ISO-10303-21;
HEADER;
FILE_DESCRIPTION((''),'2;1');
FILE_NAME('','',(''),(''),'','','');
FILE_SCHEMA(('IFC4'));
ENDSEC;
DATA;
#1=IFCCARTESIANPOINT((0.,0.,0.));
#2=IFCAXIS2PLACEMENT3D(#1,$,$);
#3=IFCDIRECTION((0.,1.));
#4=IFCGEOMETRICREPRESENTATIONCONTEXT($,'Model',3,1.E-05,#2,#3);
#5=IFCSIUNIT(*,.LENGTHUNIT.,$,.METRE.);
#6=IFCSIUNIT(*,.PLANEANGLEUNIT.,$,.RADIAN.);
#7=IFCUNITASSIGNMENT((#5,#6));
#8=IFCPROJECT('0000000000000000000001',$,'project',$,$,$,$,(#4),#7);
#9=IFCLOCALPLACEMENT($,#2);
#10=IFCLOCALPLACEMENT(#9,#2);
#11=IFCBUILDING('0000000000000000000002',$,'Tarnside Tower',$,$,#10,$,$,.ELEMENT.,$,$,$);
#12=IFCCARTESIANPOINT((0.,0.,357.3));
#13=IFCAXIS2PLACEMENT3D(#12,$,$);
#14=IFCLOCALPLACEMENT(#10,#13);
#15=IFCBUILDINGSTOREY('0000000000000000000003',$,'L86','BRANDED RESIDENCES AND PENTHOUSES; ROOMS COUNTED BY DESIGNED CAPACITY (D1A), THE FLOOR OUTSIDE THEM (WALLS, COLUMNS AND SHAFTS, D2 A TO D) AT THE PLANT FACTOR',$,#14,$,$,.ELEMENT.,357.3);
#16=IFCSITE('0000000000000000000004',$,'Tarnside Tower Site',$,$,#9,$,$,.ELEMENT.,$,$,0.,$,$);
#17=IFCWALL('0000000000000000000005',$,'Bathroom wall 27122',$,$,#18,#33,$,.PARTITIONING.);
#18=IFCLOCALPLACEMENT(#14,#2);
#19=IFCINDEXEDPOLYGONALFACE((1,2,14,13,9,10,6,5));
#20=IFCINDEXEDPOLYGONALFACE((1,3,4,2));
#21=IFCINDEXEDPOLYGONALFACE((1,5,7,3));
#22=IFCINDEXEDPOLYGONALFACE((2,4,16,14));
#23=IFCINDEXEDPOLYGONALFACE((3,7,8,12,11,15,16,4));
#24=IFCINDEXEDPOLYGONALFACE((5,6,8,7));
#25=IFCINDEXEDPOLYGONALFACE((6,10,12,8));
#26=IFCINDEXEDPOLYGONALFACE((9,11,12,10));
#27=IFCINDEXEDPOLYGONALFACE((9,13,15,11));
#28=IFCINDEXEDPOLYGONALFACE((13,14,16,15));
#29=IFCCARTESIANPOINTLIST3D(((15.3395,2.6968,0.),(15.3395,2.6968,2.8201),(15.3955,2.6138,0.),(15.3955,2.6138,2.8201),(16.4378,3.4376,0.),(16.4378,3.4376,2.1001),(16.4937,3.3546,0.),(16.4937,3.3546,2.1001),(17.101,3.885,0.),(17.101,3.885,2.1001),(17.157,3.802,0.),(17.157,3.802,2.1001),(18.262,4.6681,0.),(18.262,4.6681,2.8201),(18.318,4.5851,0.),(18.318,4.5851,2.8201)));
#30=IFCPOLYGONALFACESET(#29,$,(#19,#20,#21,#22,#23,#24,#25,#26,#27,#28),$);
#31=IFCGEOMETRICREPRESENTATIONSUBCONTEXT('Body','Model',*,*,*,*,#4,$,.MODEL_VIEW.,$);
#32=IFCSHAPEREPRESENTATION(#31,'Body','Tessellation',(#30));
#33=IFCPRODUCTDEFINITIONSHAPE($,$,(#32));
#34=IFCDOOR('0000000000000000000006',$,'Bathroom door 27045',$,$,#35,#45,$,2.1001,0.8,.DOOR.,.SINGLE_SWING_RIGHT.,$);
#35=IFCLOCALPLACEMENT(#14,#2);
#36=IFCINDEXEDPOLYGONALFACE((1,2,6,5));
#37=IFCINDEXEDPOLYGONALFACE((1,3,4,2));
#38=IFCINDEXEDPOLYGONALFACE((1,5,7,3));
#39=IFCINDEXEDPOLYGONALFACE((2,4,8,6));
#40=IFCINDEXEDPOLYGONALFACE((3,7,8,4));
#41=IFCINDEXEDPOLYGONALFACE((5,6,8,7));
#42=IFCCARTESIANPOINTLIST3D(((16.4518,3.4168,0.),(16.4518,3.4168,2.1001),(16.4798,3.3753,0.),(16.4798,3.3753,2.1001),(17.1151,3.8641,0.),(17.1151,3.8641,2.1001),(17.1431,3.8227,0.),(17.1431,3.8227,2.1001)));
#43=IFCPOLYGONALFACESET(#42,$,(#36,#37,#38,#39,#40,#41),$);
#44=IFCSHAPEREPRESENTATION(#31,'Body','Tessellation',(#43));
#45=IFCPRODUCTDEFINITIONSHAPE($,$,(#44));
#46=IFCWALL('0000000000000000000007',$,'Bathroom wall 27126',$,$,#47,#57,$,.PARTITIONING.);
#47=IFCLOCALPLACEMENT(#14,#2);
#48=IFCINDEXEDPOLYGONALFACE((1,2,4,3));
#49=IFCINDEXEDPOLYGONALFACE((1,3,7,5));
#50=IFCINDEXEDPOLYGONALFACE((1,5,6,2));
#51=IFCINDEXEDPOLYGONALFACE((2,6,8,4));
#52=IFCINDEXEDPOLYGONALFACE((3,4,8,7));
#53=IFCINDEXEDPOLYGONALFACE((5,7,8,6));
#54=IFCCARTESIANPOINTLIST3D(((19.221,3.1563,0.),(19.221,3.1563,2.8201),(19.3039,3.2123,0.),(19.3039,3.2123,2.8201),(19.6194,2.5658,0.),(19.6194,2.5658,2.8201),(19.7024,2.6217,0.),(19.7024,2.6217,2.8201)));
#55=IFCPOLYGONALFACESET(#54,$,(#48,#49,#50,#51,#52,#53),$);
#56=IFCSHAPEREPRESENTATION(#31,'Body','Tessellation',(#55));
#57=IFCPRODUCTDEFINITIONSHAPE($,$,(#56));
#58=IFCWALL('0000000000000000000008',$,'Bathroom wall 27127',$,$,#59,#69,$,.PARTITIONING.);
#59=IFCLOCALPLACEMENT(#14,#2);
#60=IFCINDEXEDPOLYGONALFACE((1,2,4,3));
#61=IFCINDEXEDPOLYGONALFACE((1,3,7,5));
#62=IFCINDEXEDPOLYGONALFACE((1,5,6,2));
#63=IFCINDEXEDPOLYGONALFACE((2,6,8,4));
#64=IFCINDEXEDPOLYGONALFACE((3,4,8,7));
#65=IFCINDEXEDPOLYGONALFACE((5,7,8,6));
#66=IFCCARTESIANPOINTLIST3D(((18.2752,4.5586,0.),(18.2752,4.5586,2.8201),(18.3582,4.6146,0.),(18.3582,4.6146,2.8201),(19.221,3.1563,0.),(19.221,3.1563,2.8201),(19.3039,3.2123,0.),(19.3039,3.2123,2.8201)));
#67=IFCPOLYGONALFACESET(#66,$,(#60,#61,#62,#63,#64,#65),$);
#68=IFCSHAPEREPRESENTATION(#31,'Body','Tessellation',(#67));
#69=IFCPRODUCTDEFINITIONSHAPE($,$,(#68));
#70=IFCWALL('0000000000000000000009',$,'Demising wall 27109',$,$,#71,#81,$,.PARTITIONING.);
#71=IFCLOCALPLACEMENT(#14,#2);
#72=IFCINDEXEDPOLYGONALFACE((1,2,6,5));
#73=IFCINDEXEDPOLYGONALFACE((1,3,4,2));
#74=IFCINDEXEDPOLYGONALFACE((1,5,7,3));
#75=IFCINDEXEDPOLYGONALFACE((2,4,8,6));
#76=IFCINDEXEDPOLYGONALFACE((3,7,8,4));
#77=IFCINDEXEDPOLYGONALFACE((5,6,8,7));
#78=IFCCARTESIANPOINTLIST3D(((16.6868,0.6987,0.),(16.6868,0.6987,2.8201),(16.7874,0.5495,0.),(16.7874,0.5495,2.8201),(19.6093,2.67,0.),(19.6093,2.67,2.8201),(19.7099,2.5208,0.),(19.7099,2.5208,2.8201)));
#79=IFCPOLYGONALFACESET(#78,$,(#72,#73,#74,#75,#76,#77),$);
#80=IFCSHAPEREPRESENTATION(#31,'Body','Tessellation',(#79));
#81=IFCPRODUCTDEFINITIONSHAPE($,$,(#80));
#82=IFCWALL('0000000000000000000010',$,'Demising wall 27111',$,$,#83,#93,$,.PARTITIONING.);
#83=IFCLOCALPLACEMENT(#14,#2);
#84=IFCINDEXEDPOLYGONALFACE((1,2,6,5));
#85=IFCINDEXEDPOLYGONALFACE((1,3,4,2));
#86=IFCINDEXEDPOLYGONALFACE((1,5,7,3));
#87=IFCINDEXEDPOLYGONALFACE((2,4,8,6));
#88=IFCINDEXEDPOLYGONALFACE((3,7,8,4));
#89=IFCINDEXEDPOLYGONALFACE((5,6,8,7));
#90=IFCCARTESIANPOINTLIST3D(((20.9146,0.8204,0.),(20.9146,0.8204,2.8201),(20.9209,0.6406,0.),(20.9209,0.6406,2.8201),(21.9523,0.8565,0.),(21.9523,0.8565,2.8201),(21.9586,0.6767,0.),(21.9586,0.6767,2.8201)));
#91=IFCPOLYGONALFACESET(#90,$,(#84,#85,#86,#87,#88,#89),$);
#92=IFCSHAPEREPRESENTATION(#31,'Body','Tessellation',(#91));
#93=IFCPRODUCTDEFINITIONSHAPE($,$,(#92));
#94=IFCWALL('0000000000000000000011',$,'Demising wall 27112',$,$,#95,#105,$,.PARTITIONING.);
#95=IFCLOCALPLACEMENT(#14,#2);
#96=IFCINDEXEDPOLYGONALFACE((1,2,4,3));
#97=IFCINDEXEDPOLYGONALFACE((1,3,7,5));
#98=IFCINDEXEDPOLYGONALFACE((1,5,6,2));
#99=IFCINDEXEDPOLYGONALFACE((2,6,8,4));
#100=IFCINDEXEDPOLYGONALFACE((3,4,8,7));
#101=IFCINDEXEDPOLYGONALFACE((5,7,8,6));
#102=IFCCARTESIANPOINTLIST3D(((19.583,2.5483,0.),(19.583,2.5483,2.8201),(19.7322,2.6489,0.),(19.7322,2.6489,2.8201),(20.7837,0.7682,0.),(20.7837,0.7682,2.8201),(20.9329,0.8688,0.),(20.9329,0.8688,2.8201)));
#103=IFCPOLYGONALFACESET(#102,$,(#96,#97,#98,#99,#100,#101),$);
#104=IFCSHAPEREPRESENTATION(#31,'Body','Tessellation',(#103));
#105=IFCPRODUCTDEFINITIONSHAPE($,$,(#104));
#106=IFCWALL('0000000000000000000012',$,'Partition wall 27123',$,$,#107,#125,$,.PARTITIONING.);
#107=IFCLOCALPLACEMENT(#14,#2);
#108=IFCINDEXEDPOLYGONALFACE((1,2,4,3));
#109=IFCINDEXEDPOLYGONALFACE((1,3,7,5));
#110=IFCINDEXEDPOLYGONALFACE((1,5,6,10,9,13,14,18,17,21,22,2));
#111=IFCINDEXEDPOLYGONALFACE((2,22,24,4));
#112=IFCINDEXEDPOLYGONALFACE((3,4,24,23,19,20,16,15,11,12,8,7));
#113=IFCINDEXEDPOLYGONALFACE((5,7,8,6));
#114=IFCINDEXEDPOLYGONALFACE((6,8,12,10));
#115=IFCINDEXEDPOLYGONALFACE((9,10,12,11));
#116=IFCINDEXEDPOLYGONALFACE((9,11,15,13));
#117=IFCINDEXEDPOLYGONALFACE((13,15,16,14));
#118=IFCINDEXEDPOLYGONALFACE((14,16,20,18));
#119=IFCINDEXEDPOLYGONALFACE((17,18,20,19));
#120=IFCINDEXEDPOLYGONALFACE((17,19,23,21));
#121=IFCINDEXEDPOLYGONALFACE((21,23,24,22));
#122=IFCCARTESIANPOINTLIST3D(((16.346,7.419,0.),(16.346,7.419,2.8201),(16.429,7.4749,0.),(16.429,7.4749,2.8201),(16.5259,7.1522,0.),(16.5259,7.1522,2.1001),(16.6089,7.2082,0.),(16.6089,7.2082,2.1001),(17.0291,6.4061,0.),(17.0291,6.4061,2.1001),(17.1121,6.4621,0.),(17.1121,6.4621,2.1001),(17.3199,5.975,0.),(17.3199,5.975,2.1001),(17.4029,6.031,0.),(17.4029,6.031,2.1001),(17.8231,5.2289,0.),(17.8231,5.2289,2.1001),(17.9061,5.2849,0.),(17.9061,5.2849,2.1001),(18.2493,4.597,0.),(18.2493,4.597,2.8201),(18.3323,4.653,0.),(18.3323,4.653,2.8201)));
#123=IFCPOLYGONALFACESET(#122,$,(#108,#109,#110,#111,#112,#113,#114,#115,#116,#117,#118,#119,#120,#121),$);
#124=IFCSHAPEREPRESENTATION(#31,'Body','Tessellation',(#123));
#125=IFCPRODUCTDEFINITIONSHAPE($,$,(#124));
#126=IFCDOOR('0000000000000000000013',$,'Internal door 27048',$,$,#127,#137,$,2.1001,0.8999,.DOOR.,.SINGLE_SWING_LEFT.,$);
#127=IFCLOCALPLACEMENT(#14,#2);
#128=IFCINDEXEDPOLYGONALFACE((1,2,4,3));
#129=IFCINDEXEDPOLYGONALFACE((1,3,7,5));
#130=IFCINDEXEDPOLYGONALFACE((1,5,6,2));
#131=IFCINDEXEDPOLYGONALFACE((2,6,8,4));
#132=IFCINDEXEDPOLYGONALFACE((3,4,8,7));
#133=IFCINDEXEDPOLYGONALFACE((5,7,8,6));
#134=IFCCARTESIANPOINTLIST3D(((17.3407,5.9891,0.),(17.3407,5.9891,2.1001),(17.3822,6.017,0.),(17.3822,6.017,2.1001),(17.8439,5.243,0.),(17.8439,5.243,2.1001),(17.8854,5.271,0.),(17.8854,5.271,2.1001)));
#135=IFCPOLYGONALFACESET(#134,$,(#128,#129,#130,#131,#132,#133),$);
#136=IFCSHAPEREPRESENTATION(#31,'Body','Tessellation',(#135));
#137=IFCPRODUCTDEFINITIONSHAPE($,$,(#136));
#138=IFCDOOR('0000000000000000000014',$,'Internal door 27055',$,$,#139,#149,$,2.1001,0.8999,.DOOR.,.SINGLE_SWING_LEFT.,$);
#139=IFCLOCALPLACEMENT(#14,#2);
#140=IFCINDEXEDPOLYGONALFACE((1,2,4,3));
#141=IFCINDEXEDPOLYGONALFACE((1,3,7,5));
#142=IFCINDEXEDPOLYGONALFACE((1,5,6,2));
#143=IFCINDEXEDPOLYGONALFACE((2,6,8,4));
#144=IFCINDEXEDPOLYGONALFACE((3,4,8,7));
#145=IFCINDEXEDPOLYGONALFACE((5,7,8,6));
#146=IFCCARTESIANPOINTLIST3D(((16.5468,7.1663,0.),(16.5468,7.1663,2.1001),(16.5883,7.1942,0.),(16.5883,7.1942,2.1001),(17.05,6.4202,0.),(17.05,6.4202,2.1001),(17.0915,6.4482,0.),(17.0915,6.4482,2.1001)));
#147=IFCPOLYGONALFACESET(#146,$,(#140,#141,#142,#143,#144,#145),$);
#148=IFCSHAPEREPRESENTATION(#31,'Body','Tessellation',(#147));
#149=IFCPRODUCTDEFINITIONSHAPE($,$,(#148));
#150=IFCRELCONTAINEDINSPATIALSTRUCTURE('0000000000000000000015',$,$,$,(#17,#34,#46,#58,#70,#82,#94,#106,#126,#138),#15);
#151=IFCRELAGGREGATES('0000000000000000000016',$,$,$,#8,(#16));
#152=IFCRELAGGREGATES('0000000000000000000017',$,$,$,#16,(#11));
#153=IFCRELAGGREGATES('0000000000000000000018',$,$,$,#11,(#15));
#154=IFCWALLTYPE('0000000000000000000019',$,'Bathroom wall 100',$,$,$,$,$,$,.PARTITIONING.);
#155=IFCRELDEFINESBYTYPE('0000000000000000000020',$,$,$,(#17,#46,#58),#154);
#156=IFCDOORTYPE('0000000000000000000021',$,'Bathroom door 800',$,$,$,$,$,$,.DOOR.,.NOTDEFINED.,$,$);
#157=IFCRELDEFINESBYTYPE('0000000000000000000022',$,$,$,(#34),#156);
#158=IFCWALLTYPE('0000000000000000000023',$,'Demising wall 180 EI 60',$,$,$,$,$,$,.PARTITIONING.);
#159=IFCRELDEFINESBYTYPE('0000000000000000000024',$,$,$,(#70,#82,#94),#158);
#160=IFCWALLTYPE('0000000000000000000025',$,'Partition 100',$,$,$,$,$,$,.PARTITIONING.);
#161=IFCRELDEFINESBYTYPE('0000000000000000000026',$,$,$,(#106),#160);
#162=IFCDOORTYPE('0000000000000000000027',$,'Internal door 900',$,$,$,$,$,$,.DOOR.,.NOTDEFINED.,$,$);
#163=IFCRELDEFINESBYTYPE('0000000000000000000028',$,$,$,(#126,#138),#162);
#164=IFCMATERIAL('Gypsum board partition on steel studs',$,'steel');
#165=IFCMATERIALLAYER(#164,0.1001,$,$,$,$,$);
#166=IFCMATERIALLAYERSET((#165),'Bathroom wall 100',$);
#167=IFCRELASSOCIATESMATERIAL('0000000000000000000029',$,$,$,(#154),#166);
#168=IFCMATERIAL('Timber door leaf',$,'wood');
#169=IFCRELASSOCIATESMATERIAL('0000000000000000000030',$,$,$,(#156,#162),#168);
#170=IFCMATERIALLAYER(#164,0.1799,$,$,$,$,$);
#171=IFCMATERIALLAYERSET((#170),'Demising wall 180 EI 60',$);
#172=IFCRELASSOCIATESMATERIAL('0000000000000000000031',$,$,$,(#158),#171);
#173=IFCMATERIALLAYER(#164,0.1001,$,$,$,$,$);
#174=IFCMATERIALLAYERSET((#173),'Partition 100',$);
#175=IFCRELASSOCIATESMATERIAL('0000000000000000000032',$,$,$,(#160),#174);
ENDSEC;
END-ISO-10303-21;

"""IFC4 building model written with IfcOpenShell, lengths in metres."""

from ifc_helpers import new_model, si_unit, direction, frame, frame_2d, origin, place, context, subcontext, project, spatial, rectangle, extrude, material, layer, layer_set, type_object, element, fill, save


model = new_model("IFC4")

# Units and contexts
model_context = context("Model", 3, precision=1e-05, world=origin(), true_north=direction((0.0, 1.0)))
body_context = subcontext(model_context, "Body", "Model", "MODEL_VIEW")
ifc_project = project(units=[si_unit("LENGTHUNIT", "METRE"), si_unit("PLANEANGLEUNIT", "RADIAN")], contexts=[model_context])

# Site, building, storey
site_placement = place(None, origin())
site = spatial("IfcSite", under=ifc_project, at=site_placement, Name="Tarnside Tower Site", CompositionType="ELEMENT", RefElevation=0.0)
building_placement = place(site_placement, origin())
building = spatial("IfcBuilding", under=site, at=building_placement, Name="Tarnside Tower", CompositionType="ELEMENT")
storey_placement = place(building_placement, frame((0.0, 0.0, 357.3)))
storey = spatial("IfcBuildingStorey", under=building, at=storey_placement, Name="L86", Description="BRANDED RESIDENCES AND PENTHOUSES; ROOMS COUNTED BY DESIGNED CAPACITY (D1A), THE FLOOR OUTSIDE THEM (WALLS, COLUMNS AND SHAFTS, D2 A TO D) AT THE PLANT FACTOR", CompositionType="ELEMENT", Elevation=357.3)

# Wall, opening, door
ifc_material_1 = material(Name="Gypsum board partition on steel studs", Category="steel")
ifc_layer_1 = layer(ifc_material_1, 0.1001)
ifc_layer_set_1 = layer_set([ifc_layer_1], Name="Bathroom wall 100")
wall_type_1 = type_object("IfcWallType", Name="Bathroom wall 100", PredefinedType="PARTITIONING", material=ifc_layer_set_1)
wall_1_placement = place(storey_placement, frame((15.3674, 2.6553, 0.0), z_axis=(0.0, 0.0, 1.0), x_axis=(0.829033, 0.559199, 0.0)))
wall_1 = element("IfcWall", 1, at=wall_1_placement, inside=storey, type_object=wall_type_1, Name="Bathroom wall 27122", PredefinedType="PARTITIONING", context=body_context, shape_type="SweptSolid", body=[
    extrude(rectangle(XDim=3.5251, YDim=0.1001, at=frame_2d((1.7627, 0.0))), origin(), (0.0, 0.0, 1.0), 2.8201),
])
opening_1_placement = place(wall_1_placement, frame((1.325, 0.0, 0.0)))
opening_1 = element("IfcOpeningElement", 2, at=opening_1_placement, cuts=wall_1, PredefinedType="OPENING", context=body_context, shape_type="SweptSolid", body=[
    extrude(rectangle(XDim=0.8, YDim=2.1001, at=frame_2d((0.3999, 1.05))), frame((0.0, 0.0601, 0.0), z_axis=(0.0, -1.0, 0.0), x_axis=(1.0, 0.0, 0.0)), (0.0, 0.0, 1.0), 0.1201),
])
ifc_material_2 = material(Name="Timber door leaf", Category="wood")
door_type_1 = type_object("IfcDoorType", Name="Bathroom door 800", OperationType="NOTDEFINED", PredefinedType="DOOR", material=ifc_material_2)
door_1_placement = place(opening_1_placement, origin())
door_1 = element("IfcDoor", 3, at=door_1_placement, inside=storey, type_object=door_type_1, Name="Bathroom door 27045", OperationType="SINGLE_SWING_RIGHT", OverallHeight=2.1001, OverallWidth=0.8, PredefinedType="DOOR", context=body_context, shape_type="SweptSolid", body=[
    extrude(rectangle(XDim=0.8, YDim=2.1001, at=frame_2d((0.3999, 1.05))), frame((0.0, 0.0249, 0.0), z_axis=(0.0, -1.0, 0.0), x_axis=(1.0, 0.0, 0.0)), (0.0, 0.0, 1.0), 0.05),
])
fill(opening_1, door_1)

# Walls
wall_2_placement = place(storey_placement, frame((19.6609, 2.5938, 0.0), z_axis=(0.0, 0.0, 1.0), x_axis=(-0.559279, 0.82898, 0.0)))
element("IfcWall", 4, at=wall_2_placement, inside=storey, type_object=wall_type_1, Name="Bathroom wall 27126", PredefinedType="PARTITIONING", context=body_context, shape_type="SweptSolid", body=[
    extrude(rectangle(XDim=0.7124, YDim=0.1001, at=frame_2d((0.3562, 0.0))), origin(), (0.0, 0.0, 1.0), 2.8201),
])
wall_3_placement = place(storey_placement, frame((19.2625, 3.1843, 0.0), z_axis=(0.0, 0.0, 1.0), x_axis=(-0.559156, 0.829063, 0.0)))
element("IfcWall", 5, at=wall_3_placement, inside=storey, type_object=wall_type_1, Name="Bathroom wall 27127", PredefinedType="PARTITIONING", context=body_context, shape_type="SweptSolid", body=[
    extrude(rectangle(XDim=1.6914, YDim=0.1001, at=frame_2d((0.8457, 0.0))), origin(), (0.0, 0.0, 1.0), 2.8201),
])
ifc_layer_2 = layer(ifc_material_1, 0.1799)
ifc_layer_set_2 = layer_set([ifc_layer_2], Name="Demising wall 180 EI 60")
wall_type_2 = type_object("IfcWallType", Name="Demising wall 180 EI 60", PredefinedType="PARTITIONING", material=ifc_layer_set_2)
wall_4_placement = place(storey_placement, frame((19.6597, 2.5955, 0.0), z_axis=(0.0, 0.0, 1.0), x_axis=(-0.829033, -0.559199, 0.0)))
element("IfcWall", 6, at=wall_4_placement, inside=storey, type_object=wall_type_2, Name="Demising wall 27109", PredefinedType="PARTITIONING", context=body_context, shape_type="SweptSolid", body=[
    extrude(rectangle(XDim=3.5251, YDim=0.1799, at=frame_2d((1.7627, 0.0))), origin(), (0.0, 0.0, 1.0), 2.8201),
])
wall_5_placement = place(storey_placement, frame((21.9553, 0.7666, 0.0), z_axis=(0.0, 0.0, 1.0), x_axis=(-0.999394, -0.034802, 0.0)))
element("IfcWall", 7, at=wall_5_placement, inside=storey, type_object=wall_type_2, Name="Demising wall 27111", PredefinedType="PARTITIONING", context=body_context, shape_type="SweptSolid", body=[
    extrude(rectangle(XDim=1.0383, YDim=0.1799, at=frame_2d((0.519, 0.0))), origin(), (0.0, 0.0, 1.0), 2.8201),
])
wall_6_placement = place(storey_placement, frame((20.8584, 0.8184, 0.0), z_axis=(0.0, 0.0, 1.0), x_axis=(-0.559205, 0.829029, 0.0)))
element("IfcWall", 8, at=wall_6_placement, inside=storey, type_object=wall_type_2, Name="Demising wall 27112", PredefinedType="PARTITIONING", context=body_context, shape_type="SweptSolid", body=[
    extrude(rectangle(XDim=2.1472, YDim=0.1799, at=frame_2d((1.0737, 0.0))), origin(), (0.0, 0.0, 1.0), 2.8201),
])

# Wall, openings, doors
ifc_layer_3 = layer(ifc_material_1, 0.1001)
ifc_layer_set_3 = layer_set([ifc_layer_3], Name="Partition 100")
wall_type_3 = type_object("IfcWallType", Name="Partition 100", PredefinedType="PARTITIONING", material=ifc_layer_set_3)
wall_7_placement = place(storey_placement, frame((18.2908, 4.625, 0.0), z_axis=(0.0, 0.0, 1.0), x_axis=(-0.559161, 0.829059, 0.0)))
wall_7 = element("IfcWall", 9, at=wall_7_placement, inside=storey, type_object=wall_type_3, Name="Partition wall 27123", PredefinedType="PARTITIONING", context=body_context, shape_type="SweptSolid", body=[
    extrude(rectangle(XDim=3.4038, YDim=0.1001, at=frame_2d((1.7019, 0.0))), origin(), (0.0, 0.0, 1.0), 2.8201),
])
opening_2_placement = place(wall_7_placement, frame((0.7622, 0.0, 0.0)))
opening_2 = element("IfcOpeningElement", 10, at=opening_2_placement, cuts=wall_7, PredefinedType="OPENING", context=body_context, shape_type="SweptSolid", body=[
    extrude(rectangle(XDim=0.8999, YDim=2.1001, at=frame_2d((0.45, 1.05))), frame((0.0, 0.0601, 0.0), z_axis=(0.0, -1.0, 0.0), x_axis=(1.0, 0.0, 0.0)), (0.0, 0.0, 1.0), 0.1201),
])
opening_3_placement = place(wall_7_placement, frame((2.1821, 0.0, 0.0)))
opening_3 = element("IfcOpeningElement", 11, at=opening_3_placement, cuts=wall_7, PredefinedType="OPENING", context=body_context, shape_type="SweptSolid", body=[
    extrude(rectangle(XDim=0.8999, YDim=2.1001, at=frame_2d((0.45, 1.05))), frame((0.0, 0.0601, 0.0), z_axis=(0.0, -1.0, 0.0), x_axis=(1.0, 0.0, 0.0)), (0.0, 0.0, 1.0), 0.1201),
])
door_type_2 = type_object("IfcDoorType", Name="Internal door 900", OperationType="NOTDEFINED", PredefinedType="DOOR", material=ifc_material_2)
door_2_placement = place(opening_2_placement, origin())
door_2 = element("IfcDoor", 12, at=door_2_placement, inside=storey, type_object=door_type_2, Name="Internal door 27048", OperationType="SINGLE_SWING_LEFT", OverallHeight=2.1001, OverallWidth=0.8999, PredefinedType="DOOR", context=body_context, shape_type="SweptSolid", body=[
    extrude(rectangle(XDim=0.8999, YDim=2.1001, at=frame_2d((0.45, 1.05))), frame((0.0, 0.0249, 0.0), z_axis=(0.0, -1.0, 0.0), x_axis=(1.0, 0.0, 0.0)), (0.0, 0.0, 1.0), 0.05),
])
fill(opening_2, door_2)
door_3_placement = place(opening_3_placement, origin())
door_3 = element("IfcDoor", 13, at=door_3_placement, inside=storey, type_object=door_type_2, Name="Internal door 27055", OperationType="SINGLE_SWING_LEFT", OverallHeight=2.1001, OverallWidth=0.8999, PredefinedType="DOOR", context=body_context, shape_type="SweptSolid", body=[
    extrude(rectangle(XDim=0.8999, YDim=2.1001, at=frame_2d((0.45, 1.05))), frame((0.0, 0.0249, 0.0), z_axis=(0.0, -1.0, 0.0), x_axis=(1.0, 0.0, 0.0)), (0.0, 0.0, 1.0), 0.05),
])
fill(opening_3, door_3)

save(model, "model.ifc")
